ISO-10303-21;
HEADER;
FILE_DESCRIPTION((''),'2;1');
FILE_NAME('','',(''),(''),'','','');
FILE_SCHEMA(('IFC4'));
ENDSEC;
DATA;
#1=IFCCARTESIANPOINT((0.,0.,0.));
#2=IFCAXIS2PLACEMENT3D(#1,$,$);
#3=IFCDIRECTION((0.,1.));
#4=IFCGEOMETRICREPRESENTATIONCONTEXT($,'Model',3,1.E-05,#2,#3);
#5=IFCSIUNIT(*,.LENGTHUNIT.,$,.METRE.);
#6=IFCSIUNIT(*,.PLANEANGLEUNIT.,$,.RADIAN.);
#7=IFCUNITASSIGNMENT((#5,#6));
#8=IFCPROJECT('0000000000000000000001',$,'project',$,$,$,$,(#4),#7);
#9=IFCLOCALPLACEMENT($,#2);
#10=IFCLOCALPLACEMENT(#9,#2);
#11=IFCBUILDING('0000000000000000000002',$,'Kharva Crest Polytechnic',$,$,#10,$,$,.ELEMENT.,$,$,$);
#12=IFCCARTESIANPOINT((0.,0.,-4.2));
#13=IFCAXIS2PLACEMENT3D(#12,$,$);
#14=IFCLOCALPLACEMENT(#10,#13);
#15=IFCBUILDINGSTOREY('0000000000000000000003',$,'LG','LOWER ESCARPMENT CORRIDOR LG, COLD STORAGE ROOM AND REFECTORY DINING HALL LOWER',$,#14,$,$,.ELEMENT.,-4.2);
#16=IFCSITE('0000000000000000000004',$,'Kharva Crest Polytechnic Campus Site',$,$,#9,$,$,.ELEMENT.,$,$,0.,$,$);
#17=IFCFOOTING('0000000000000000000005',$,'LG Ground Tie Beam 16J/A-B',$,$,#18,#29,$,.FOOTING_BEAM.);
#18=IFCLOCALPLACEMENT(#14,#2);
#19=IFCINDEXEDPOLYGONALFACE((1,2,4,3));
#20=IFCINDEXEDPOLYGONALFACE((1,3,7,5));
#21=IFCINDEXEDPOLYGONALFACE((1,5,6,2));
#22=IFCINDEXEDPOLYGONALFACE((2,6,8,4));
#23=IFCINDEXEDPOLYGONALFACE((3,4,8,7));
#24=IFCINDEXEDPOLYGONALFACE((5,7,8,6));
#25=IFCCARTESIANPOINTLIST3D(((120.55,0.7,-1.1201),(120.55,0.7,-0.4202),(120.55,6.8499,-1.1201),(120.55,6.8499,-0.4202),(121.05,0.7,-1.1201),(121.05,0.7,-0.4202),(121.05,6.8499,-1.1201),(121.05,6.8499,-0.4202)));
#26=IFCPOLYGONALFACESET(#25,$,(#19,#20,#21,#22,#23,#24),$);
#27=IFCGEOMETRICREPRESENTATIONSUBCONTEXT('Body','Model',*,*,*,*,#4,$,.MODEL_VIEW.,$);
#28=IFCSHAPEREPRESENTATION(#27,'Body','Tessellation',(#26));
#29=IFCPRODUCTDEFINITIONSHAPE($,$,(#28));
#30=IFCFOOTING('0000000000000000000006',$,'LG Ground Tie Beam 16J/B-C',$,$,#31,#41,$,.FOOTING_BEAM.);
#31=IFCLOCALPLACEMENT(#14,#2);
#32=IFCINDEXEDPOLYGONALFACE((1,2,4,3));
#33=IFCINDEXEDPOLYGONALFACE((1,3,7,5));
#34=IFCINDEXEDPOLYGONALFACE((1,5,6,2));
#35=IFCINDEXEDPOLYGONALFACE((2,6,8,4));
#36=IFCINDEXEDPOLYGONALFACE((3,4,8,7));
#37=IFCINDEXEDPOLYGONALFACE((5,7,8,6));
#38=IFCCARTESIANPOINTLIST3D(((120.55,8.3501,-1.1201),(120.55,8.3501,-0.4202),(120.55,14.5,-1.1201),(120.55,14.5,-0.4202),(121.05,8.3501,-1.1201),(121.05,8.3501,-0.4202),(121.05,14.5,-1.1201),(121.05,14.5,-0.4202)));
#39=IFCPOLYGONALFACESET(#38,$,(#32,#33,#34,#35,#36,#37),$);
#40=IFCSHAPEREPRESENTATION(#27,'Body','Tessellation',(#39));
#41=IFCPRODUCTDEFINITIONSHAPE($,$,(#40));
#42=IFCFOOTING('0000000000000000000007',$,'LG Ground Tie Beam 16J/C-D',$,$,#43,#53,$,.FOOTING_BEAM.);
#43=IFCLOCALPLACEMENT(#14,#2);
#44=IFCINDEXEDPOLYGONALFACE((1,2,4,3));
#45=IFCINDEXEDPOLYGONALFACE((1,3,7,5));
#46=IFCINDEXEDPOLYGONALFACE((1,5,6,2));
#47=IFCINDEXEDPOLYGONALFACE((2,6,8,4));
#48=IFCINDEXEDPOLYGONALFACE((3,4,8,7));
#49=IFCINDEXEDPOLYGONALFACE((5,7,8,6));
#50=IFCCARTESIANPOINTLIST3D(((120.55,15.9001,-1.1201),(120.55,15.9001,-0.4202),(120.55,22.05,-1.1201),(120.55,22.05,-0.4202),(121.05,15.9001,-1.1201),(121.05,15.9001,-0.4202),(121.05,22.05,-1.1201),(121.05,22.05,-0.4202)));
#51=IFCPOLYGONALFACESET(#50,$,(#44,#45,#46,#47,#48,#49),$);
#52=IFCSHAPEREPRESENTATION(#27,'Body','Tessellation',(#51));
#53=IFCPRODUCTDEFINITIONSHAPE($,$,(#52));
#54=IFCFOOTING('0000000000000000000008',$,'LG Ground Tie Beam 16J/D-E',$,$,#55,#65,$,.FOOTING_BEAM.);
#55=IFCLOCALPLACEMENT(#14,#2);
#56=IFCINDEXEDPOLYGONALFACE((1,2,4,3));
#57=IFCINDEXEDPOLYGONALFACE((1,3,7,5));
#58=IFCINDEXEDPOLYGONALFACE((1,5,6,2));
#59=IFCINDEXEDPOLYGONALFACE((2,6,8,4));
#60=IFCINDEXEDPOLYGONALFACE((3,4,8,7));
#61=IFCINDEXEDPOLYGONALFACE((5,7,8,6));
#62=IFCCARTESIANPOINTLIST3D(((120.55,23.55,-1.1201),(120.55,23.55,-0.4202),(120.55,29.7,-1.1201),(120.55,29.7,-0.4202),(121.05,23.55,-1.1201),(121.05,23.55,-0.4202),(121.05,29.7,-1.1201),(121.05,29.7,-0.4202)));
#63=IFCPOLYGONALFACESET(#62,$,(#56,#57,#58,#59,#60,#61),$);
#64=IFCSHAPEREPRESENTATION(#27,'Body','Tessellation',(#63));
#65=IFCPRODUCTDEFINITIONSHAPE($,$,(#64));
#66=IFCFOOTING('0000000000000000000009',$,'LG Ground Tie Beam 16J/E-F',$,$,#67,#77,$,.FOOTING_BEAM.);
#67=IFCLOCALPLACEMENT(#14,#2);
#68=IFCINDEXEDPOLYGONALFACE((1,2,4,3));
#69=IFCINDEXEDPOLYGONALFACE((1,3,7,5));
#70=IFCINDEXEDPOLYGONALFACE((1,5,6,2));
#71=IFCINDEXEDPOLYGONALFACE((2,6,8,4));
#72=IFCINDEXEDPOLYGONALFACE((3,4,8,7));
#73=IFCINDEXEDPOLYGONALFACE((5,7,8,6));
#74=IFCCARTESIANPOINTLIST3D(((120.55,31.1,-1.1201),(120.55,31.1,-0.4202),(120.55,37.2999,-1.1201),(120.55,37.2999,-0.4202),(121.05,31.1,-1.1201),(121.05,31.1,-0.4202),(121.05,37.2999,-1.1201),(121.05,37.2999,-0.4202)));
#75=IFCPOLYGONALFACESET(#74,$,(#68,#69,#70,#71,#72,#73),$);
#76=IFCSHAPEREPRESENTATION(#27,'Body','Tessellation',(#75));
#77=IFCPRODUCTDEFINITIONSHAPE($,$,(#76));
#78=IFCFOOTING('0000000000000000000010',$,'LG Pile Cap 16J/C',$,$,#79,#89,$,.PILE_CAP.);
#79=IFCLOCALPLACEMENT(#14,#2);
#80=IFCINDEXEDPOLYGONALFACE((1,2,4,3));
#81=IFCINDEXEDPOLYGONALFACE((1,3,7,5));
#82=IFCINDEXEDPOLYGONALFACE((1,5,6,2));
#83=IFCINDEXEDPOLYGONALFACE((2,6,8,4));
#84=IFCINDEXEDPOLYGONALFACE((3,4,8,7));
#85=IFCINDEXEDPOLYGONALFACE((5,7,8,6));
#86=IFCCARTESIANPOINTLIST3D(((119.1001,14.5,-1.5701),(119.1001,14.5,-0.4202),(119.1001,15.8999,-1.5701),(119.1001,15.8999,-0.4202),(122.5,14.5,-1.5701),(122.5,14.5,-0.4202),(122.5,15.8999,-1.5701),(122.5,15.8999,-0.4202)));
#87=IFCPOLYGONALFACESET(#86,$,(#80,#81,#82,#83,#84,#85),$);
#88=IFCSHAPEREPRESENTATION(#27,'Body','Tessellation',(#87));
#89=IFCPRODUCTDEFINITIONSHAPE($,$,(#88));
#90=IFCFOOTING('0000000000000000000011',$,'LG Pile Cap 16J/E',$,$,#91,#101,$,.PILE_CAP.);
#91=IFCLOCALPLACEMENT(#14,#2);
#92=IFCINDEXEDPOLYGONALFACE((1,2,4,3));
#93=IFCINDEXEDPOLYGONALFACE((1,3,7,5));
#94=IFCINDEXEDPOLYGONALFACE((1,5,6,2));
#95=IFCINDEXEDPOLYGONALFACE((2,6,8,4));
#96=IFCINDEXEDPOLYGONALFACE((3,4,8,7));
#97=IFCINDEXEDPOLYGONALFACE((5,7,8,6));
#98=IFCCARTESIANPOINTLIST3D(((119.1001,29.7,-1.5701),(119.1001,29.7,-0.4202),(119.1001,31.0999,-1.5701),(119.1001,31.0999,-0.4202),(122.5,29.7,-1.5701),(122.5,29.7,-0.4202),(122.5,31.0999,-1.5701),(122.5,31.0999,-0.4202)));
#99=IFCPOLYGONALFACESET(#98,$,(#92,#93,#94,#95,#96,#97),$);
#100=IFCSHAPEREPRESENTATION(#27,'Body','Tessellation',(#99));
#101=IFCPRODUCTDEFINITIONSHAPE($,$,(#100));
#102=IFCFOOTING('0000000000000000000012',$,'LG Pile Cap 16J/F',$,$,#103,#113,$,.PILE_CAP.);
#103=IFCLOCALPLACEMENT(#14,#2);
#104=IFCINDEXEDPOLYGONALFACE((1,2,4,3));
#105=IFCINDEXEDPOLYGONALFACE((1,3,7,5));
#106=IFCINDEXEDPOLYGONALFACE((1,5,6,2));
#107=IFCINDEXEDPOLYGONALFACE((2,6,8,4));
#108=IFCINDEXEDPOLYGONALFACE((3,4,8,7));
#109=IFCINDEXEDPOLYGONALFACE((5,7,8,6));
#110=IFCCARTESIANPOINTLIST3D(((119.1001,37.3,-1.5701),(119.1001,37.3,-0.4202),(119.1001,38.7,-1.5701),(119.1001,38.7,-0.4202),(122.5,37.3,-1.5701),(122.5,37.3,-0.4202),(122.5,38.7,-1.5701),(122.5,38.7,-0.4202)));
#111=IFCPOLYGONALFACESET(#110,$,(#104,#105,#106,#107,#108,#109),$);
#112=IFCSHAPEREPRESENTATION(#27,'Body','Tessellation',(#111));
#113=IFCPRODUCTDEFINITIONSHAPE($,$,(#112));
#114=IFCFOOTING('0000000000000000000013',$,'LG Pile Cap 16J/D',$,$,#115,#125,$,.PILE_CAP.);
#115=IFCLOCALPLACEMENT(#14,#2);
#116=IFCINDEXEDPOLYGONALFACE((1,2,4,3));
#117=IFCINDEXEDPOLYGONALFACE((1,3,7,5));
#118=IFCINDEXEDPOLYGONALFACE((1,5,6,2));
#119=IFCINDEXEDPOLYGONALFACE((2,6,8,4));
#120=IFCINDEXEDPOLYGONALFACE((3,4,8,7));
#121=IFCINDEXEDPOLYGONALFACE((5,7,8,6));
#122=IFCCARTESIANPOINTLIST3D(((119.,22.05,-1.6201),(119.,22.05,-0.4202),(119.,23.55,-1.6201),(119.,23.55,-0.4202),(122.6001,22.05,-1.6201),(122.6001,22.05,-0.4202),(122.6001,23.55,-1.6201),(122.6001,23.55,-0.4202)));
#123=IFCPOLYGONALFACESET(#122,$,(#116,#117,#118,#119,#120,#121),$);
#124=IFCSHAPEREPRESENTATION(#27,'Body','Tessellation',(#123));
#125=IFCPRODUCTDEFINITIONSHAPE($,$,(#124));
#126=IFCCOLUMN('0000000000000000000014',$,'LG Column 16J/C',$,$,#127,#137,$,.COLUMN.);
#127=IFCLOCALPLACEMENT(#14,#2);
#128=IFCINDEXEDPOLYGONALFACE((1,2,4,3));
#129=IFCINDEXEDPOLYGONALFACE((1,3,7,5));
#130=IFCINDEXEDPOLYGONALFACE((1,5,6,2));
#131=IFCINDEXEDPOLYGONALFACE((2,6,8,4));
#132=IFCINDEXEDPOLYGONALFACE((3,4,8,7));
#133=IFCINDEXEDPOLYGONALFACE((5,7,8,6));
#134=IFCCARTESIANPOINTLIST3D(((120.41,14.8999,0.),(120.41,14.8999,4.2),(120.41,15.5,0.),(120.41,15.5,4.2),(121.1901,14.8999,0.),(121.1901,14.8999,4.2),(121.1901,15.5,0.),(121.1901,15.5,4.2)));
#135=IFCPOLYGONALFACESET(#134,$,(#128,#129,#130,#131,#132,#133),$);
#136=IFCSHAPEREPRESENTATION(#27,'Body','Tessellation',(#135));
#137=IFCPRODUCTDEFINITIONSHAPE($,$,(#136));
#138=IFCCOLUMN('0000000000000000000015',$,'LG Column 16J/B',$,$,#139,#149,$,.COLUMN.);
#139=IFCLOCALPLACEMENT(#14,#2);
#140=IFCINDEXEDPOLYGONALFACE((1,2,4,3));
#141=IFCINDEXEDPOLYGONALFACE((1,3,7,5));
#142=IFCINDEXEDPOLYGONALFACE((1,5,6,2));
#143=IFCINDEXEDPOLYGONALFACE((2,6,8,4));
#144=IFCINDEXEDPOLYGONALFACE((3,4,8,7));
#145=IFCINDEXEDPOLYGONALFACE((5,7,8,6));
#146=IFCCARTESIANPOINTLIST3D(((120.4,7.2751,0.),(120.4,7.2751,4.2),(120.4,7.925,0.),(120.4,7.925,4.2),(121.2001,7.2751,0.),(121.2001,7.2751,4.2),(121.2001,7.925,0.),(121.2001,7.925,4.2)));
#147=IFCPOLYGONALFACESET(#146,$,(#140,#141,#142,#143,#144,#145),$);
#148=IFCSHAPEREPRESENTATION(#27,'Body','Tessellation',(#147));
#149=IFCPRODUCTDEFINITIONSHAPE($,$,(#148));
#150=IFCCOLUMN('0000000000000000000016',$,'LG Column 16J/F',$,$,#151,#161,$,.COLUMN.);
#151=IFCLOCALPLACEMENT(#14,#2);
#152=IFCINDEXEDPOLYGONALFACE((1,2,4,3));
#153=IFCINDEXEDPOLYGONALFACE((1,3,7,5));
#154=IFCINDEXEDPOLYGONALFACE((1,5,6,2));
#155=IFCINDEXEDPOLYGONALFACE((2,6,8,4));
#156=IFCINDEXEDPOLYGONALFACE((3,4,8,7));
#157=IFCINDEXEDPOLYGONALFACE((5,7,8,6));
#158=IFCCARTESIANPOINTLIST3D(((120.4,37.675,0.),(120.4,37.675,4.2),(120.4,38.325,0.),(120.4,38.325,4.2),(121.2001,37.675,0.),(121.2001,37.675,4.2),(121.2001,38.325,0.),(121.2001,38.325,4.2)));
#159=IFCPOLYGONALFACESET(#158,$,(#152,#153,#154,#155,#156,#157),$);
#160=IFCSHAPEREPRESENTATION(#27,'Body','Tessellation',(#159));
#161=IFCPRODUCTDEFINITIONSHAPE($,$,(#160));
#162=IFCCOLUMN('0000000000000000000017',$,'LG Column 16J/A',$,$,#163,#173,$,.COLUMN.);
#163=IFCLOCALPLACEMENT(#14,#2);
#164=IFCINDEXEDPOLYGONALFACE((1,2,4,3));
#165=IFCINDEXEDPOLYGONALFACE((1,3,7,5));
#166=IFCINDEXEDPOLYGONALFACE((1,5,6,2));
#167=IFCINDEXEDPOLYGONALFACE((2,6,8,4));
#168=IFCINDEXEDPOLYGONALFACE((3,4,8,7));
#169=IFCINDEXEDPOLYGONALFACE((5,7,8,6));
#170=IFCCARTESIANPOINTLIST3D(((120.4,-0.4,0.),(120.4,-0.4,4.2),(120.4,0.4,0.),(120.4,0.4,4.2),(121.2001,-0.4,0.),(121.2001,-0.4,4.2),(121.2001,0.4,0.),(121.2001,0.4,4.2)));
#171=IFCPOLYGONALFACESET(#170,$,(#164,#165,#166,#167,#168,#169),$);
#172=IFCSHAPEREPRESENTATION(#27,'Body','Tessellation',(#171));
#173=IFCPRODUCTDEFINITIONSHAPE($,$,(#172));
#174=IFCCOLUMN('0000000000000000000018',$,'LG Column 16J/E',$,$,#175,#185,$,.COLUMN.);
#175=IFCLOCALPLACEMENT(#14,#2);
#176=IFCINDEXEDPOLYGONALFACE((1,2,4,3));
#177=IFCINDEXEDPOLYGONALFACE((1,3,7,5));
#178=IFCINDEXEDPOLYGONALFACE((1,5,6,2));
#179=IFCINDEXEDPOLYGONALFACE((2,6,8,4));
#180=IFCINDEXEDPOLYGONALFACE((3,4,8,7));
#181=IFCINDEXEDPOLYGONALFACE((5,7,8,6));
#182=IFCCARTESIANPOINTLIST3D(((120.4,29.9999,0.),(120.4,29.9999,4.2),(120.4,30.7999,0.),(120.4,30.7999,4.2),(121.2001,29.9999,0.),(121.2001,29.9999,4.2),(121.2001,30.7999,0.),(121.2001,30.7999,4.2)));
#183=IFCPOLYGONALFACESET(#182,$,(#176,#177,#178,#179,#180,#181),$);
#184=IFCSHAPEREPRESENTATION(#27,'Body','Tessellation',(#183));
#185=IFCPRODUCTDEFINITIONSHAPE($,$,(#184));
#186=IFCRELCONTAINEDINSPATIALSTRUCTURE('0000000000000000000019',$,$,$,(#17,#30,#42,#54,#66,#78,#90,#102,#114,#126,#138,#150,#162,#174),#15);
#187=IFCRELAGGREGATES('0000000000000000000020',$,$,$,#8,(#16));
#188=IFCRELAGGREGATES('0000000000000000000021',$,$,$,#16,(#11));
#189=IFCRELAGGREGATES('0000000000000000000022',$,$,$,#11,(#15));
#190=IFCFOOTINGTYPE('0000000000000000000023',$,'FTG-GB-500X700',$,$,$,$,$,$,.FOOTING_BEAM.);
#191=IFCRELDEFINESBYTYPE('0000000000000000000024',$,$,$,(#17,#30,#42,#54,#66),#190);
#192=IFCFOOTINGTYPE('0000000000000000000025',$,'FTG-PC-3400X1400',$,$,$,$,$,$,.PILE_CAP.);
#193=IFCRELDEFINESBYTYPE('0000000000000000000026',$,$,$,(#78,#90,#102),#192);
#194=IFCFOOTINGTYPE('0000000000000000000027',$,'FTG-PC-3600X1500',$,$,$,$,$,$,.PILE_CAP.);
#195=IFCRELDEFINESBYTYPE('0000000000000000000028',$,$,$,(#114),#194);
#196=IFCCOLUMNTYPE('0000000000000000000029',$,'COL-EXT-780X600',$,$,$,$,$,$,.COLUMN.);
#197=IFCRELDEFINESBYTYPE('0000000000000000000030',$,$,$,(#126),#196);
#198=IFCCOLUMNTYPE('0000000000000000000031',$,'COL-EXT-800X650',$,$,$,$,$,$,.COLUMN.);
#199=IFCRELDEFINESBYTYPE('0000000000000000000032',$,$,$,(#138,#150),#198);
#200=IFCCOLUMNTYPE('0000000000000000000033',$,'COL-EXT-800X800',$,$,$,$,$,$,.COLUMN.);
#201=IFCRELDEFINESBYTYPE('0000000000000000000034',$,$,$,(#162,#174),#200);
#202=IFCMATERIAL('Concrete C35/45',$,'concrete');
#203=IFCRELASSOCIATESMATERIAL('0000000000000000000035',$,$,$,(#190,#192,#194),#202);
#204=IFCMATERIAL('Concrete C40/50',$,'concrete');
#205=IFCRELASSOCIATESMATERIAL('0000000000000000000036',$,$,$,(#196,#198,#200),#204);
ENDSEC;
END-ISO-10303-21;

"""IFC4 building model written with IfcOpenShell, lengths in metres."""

from ifc_helpers import new_model, si_unit, direction, frame, origin, origin_2d, place, context, subcontext, project, spatial, rectangle, extrude, material, material_profile, profile_set, type_object, element, save


model = new_model("IFC4")

# Units and contexts
model_context = context("Model", 3, precision=1e-05, world=origin(), true_north=direction((0.0, 1.0)))
body_context = subcontext(model_context, "Body", "Model", "MODEL_VIEW")
ifc_project = project(units=[si_unit("LENGTHUNIT", "METRE"), si_unit("PLANEANGLEUNIT", "RADIAN")], contexts=[model_context])

# Site, building, storey
site_placement = place(None, origin())
site = spatial("IfcSite", under=ifc_project, at=site_placement, Name="Kharva Crest Polytechnic Campus Site", CompositionType="ELEMENT", RefElevation=0.0)
building_placement = place(site_placement, origin())
building = spatial("IfcBuilding", under=site, at=building_placement, Name="Kharva Crest Polytechnic", CompositionType="ELEMENT")
storey_placement = place(building_placement, frame((0.0, 0.0, -4.2)))
storey = spatial("IfcBuildingStorey", under=building, at=storey_placement, Name="LG", Description="LOWER ESCARPMENT CORRIDOR LG, COLD STORAGE ROOM AND REFECTORY DINING HALL LOWER", CompositionType="ELEMENT", Elevation=-4.2)

# Footings
ifc_material_1 = material(Name="Concrete C35/45", Category="concrete")
footing_type_1 = type_object("IfcFootingType", Name="FTG-GB-500X700", PredefinedType="FOOTING_BEAM", material=ifc_material_1)
for number, where, z_axis, x_axis, name in (
    (1, (120.8, 3.7749, -1.1201), (0.0, 0.0, 1.0), (0.0, 1.0, 0.0), "LG Ground Tie Beam 16J/A-B"),
    (2, (120.8, 11.425, -1.1201), (0.0, 0.0, 1.0), (0.0, 1.0, 0.0), "LG Ground Tie Beam 16J/B-C"),
    (3, (120.8, 18.9751, -1.1201), (0.0, 0.0, 1.0), (0.0, 1.0, 0.0), "LG Ground Tie Beam 16J/C-D"),
    (4, (120.8, 26.625, -1.1201), (0.0, 0.0, 1.0), (0.0, 1.0, 0.0), "LG Ground Tie Beam 16J/D-E"),
):
    element("IfcFooting", number, at=place(storey_placement, frame(where, z_axis=z_axis, x_axis=x_axis)), inside=storey, type_object=footing_type_1, Name=name, PredefinedType="FOOTING_BEAM", context=body_context, shape_type="SweptSolid", body=[
        extrude(rectangle(XDim=6.1499, YDim=0.5, at=origin_2d()), origin(), (0.0, 0.0, 1.0), 0.7),
    ])
footing_1_placement = place(storey_placement, frame((120.8, 34.2, -1.1201), z_axis=(0.0, 0.0, 1.0), x_axis=(0.0, 1.0, 0.0)))
element("IfcFooting", 5, at=footing_1_placement, inside=storey, type_object=footing_type_1, Name="LG Ground Tie Beam 16J/E-F", PredefinedType="FOOTING_BEAM", context=body_context, shape_type="SweptSolid", body=[
    extrude(rectangle(XDim=6.2, YDim=0.5, at=origin_2d()), origin(), (0.0, 0.0, 1.0), 0.7),
])
footing_type_2 = type_object("IfcFootingType", Name="FTG-PC-3400X1400", PredefinedType="PILE_CAP", material=ifc_material_1)
for number, where, z_axis, x_axis, name in (
    (6, (120.8, 15.2, -1.5701), (0.0, 0.0, 1.0), (1.0, 0.0, 0.0), "LG Pile Cap 16J/C"),
    (7, (120.8, 30.3999, -1.5701), (0.0, 0.0, 1.0), (1.0, 0.0, 0.0), "LG Pile Cap 16J/E"),
    (8, (120.8, 38.0, -1.5701), (0.0, 0.0, 1.0), (1.0, 0.0, 0.0), "LG Pile Cap 16J/F"),
):
    element("IfcFooting", number, at=place(storey_placement, frame(where, z_axis=z_axis, x_axis=x_axis)), inside=storey, type_object=footing_type_2, Name=name, PredefinedType="PILE_CAP", context=body_context, shape_type="SweptSolid", body=[
        extrude(rectangle(XDim=3.3999, YDim=1.3999, at=origin_2d()), origin(), (0.0, 0.0, 1.0), 1.1499),
    ])
footing_type_3 = type_object("IfcFootingType", Name="FTG-PC-3600X1500", PredefinedType="PILE_CAP", material=ifc_material_1)
footing_2_placement = place(storey_placement, frame((120.8, 22.8, -1.6201), z_axis=(0.0, 0.0, 1.0), x_axis=(1.0, 0.0, 0.0)))
element("IfcFooting", 9, at=footing_2_placement, inside=storey, type_object=footing_type_3, Name="LG Pile Cap 16J/D", PredefinedType="PILE_CAP", context=body_context, shape_type="SweptSolid", body=[
    extrude(rectangle(XDim=3.6001, YDim=1.5, at=origin_2d()), origin(), (0.0, 0.0, 1.0), 1.2),
])

# Columns
ifc_material_2 = material(Name="Concrete C40/50", Category="concrete")
ifc_material_profile_1 = material_profile(ifc_material_2, rectangle(XDim=0.78, YDim=0.6001, at=origin_2d()), Name="RECT 780 X 600")
ifc_profile_set_1 = profile_set([ifc_material_profile_1], Name="Concrete C40/50")
column_type_1 = type_object("IfcColumnType", Name="COL-EXT-780X600", PredefinedType="COLUMN", material=ifc_profile_set_1)
column_1_placement = place(storey_placement, frame((120.8, 15.2, 0.0), z_axis=(0.0, 0.0, 1.0), x_axis=(1.0, 0.0, 0.0)))
element("IfcColumn", 10, at=column_1_placement, inside=storey, type_object=column_type_1, Name="LG Column 16J/C", PredefinedType="COLUMN", context=body_context, shape_type="SweptSolid", body=[
    extrude(rectangle(XDim=0.78, YDim=0.6001, at=origin_2d()), origin(), (0.0, 0.0, 1.0), 4.2),
])
ifc_material_profile_2 = material_profile(ifc_material_2, rectangle(XDim=0.8, YDim=0.6499, at=origin_2d()), Name="RECT 800 X 650")
ifc_profile_set_2 = profile_set([ifc_material_profile_2], Name="Concrete C40/50")
column_type_2 = type_object("IfcColumnType", Name="COL-EXT-800X650", PredefinedType="COLUMN", material=ifc_profile_set_2)
for number, where, z_axis, x_axis, name in (
    (11, (120.8, 7.6001, 0.0), (0.0, 0.0, 1.0), (1.0, 0.0, 0.0), "LG Column 16J/B"),
    (12, (120.8, 38.0, 0.0), (0.0, 0.0, 1.0), (1.0, 0.0, 0.0), "LG Column 16J/F"),
):
    element("IfcColumn", number, at=place(storey_placement, frame(where, z_axis=z_axis, x_axis=x_axis)), inside=storey, type_object=column_type_2, Name=name, PredefinedType="COLUMN", context=body_context, shape_type="SweptSolid", body=[
        extrude(rectangle(XDim=0.8, YDim=0.6499, at=origin_2d()), origin(), (0.0, 0.0, 1.0), 4.2),
    ])
ifc_material_profile_3 = material_profile(ifc_material_2, rectangle(XDim=0.8, YDim=0.8, at=origin_2d()), Name="RECT 800 X 800")
ifc_profile_set_3 = profile_set([ifc_material_profile_3], Name="Concrete C40/50")
column_type_3 = type_object("IfcColumnType", Name="COL-EXT-800X800", PredefinedType="COLUMN", material=ifc_profile_set_3)
for number, where, z_axis, x_axis, name in (
    (13, (120.8, 0.0, 0.0), (0.0, 0.0, 1.0), (1.0, 0.0, 0.0), "LG Column 16J/A"),
    (14, (120.8, 30.3999, 0.0), (0.0, 0.0, 1.0), (1.0, 0.0, 0.0), "LG Column 16J/E"),
):
    element("IfcColumn", number, at=place(storey_placement, frame(where, z_axis=z_axis, x_axis=x_axis)), inside=storey, type_object=column_type_3, Name=name, PredefinedType="COLUMN", context=body_context, shape_type="SweptSolid", body=[
        extrude(rectangle(XDim=0.8, YDim=0.8, at=origin_2d()), origin(), (0.0, 0.0, 1.0), 4.2),
    ])

save(model, "model.ifc")
